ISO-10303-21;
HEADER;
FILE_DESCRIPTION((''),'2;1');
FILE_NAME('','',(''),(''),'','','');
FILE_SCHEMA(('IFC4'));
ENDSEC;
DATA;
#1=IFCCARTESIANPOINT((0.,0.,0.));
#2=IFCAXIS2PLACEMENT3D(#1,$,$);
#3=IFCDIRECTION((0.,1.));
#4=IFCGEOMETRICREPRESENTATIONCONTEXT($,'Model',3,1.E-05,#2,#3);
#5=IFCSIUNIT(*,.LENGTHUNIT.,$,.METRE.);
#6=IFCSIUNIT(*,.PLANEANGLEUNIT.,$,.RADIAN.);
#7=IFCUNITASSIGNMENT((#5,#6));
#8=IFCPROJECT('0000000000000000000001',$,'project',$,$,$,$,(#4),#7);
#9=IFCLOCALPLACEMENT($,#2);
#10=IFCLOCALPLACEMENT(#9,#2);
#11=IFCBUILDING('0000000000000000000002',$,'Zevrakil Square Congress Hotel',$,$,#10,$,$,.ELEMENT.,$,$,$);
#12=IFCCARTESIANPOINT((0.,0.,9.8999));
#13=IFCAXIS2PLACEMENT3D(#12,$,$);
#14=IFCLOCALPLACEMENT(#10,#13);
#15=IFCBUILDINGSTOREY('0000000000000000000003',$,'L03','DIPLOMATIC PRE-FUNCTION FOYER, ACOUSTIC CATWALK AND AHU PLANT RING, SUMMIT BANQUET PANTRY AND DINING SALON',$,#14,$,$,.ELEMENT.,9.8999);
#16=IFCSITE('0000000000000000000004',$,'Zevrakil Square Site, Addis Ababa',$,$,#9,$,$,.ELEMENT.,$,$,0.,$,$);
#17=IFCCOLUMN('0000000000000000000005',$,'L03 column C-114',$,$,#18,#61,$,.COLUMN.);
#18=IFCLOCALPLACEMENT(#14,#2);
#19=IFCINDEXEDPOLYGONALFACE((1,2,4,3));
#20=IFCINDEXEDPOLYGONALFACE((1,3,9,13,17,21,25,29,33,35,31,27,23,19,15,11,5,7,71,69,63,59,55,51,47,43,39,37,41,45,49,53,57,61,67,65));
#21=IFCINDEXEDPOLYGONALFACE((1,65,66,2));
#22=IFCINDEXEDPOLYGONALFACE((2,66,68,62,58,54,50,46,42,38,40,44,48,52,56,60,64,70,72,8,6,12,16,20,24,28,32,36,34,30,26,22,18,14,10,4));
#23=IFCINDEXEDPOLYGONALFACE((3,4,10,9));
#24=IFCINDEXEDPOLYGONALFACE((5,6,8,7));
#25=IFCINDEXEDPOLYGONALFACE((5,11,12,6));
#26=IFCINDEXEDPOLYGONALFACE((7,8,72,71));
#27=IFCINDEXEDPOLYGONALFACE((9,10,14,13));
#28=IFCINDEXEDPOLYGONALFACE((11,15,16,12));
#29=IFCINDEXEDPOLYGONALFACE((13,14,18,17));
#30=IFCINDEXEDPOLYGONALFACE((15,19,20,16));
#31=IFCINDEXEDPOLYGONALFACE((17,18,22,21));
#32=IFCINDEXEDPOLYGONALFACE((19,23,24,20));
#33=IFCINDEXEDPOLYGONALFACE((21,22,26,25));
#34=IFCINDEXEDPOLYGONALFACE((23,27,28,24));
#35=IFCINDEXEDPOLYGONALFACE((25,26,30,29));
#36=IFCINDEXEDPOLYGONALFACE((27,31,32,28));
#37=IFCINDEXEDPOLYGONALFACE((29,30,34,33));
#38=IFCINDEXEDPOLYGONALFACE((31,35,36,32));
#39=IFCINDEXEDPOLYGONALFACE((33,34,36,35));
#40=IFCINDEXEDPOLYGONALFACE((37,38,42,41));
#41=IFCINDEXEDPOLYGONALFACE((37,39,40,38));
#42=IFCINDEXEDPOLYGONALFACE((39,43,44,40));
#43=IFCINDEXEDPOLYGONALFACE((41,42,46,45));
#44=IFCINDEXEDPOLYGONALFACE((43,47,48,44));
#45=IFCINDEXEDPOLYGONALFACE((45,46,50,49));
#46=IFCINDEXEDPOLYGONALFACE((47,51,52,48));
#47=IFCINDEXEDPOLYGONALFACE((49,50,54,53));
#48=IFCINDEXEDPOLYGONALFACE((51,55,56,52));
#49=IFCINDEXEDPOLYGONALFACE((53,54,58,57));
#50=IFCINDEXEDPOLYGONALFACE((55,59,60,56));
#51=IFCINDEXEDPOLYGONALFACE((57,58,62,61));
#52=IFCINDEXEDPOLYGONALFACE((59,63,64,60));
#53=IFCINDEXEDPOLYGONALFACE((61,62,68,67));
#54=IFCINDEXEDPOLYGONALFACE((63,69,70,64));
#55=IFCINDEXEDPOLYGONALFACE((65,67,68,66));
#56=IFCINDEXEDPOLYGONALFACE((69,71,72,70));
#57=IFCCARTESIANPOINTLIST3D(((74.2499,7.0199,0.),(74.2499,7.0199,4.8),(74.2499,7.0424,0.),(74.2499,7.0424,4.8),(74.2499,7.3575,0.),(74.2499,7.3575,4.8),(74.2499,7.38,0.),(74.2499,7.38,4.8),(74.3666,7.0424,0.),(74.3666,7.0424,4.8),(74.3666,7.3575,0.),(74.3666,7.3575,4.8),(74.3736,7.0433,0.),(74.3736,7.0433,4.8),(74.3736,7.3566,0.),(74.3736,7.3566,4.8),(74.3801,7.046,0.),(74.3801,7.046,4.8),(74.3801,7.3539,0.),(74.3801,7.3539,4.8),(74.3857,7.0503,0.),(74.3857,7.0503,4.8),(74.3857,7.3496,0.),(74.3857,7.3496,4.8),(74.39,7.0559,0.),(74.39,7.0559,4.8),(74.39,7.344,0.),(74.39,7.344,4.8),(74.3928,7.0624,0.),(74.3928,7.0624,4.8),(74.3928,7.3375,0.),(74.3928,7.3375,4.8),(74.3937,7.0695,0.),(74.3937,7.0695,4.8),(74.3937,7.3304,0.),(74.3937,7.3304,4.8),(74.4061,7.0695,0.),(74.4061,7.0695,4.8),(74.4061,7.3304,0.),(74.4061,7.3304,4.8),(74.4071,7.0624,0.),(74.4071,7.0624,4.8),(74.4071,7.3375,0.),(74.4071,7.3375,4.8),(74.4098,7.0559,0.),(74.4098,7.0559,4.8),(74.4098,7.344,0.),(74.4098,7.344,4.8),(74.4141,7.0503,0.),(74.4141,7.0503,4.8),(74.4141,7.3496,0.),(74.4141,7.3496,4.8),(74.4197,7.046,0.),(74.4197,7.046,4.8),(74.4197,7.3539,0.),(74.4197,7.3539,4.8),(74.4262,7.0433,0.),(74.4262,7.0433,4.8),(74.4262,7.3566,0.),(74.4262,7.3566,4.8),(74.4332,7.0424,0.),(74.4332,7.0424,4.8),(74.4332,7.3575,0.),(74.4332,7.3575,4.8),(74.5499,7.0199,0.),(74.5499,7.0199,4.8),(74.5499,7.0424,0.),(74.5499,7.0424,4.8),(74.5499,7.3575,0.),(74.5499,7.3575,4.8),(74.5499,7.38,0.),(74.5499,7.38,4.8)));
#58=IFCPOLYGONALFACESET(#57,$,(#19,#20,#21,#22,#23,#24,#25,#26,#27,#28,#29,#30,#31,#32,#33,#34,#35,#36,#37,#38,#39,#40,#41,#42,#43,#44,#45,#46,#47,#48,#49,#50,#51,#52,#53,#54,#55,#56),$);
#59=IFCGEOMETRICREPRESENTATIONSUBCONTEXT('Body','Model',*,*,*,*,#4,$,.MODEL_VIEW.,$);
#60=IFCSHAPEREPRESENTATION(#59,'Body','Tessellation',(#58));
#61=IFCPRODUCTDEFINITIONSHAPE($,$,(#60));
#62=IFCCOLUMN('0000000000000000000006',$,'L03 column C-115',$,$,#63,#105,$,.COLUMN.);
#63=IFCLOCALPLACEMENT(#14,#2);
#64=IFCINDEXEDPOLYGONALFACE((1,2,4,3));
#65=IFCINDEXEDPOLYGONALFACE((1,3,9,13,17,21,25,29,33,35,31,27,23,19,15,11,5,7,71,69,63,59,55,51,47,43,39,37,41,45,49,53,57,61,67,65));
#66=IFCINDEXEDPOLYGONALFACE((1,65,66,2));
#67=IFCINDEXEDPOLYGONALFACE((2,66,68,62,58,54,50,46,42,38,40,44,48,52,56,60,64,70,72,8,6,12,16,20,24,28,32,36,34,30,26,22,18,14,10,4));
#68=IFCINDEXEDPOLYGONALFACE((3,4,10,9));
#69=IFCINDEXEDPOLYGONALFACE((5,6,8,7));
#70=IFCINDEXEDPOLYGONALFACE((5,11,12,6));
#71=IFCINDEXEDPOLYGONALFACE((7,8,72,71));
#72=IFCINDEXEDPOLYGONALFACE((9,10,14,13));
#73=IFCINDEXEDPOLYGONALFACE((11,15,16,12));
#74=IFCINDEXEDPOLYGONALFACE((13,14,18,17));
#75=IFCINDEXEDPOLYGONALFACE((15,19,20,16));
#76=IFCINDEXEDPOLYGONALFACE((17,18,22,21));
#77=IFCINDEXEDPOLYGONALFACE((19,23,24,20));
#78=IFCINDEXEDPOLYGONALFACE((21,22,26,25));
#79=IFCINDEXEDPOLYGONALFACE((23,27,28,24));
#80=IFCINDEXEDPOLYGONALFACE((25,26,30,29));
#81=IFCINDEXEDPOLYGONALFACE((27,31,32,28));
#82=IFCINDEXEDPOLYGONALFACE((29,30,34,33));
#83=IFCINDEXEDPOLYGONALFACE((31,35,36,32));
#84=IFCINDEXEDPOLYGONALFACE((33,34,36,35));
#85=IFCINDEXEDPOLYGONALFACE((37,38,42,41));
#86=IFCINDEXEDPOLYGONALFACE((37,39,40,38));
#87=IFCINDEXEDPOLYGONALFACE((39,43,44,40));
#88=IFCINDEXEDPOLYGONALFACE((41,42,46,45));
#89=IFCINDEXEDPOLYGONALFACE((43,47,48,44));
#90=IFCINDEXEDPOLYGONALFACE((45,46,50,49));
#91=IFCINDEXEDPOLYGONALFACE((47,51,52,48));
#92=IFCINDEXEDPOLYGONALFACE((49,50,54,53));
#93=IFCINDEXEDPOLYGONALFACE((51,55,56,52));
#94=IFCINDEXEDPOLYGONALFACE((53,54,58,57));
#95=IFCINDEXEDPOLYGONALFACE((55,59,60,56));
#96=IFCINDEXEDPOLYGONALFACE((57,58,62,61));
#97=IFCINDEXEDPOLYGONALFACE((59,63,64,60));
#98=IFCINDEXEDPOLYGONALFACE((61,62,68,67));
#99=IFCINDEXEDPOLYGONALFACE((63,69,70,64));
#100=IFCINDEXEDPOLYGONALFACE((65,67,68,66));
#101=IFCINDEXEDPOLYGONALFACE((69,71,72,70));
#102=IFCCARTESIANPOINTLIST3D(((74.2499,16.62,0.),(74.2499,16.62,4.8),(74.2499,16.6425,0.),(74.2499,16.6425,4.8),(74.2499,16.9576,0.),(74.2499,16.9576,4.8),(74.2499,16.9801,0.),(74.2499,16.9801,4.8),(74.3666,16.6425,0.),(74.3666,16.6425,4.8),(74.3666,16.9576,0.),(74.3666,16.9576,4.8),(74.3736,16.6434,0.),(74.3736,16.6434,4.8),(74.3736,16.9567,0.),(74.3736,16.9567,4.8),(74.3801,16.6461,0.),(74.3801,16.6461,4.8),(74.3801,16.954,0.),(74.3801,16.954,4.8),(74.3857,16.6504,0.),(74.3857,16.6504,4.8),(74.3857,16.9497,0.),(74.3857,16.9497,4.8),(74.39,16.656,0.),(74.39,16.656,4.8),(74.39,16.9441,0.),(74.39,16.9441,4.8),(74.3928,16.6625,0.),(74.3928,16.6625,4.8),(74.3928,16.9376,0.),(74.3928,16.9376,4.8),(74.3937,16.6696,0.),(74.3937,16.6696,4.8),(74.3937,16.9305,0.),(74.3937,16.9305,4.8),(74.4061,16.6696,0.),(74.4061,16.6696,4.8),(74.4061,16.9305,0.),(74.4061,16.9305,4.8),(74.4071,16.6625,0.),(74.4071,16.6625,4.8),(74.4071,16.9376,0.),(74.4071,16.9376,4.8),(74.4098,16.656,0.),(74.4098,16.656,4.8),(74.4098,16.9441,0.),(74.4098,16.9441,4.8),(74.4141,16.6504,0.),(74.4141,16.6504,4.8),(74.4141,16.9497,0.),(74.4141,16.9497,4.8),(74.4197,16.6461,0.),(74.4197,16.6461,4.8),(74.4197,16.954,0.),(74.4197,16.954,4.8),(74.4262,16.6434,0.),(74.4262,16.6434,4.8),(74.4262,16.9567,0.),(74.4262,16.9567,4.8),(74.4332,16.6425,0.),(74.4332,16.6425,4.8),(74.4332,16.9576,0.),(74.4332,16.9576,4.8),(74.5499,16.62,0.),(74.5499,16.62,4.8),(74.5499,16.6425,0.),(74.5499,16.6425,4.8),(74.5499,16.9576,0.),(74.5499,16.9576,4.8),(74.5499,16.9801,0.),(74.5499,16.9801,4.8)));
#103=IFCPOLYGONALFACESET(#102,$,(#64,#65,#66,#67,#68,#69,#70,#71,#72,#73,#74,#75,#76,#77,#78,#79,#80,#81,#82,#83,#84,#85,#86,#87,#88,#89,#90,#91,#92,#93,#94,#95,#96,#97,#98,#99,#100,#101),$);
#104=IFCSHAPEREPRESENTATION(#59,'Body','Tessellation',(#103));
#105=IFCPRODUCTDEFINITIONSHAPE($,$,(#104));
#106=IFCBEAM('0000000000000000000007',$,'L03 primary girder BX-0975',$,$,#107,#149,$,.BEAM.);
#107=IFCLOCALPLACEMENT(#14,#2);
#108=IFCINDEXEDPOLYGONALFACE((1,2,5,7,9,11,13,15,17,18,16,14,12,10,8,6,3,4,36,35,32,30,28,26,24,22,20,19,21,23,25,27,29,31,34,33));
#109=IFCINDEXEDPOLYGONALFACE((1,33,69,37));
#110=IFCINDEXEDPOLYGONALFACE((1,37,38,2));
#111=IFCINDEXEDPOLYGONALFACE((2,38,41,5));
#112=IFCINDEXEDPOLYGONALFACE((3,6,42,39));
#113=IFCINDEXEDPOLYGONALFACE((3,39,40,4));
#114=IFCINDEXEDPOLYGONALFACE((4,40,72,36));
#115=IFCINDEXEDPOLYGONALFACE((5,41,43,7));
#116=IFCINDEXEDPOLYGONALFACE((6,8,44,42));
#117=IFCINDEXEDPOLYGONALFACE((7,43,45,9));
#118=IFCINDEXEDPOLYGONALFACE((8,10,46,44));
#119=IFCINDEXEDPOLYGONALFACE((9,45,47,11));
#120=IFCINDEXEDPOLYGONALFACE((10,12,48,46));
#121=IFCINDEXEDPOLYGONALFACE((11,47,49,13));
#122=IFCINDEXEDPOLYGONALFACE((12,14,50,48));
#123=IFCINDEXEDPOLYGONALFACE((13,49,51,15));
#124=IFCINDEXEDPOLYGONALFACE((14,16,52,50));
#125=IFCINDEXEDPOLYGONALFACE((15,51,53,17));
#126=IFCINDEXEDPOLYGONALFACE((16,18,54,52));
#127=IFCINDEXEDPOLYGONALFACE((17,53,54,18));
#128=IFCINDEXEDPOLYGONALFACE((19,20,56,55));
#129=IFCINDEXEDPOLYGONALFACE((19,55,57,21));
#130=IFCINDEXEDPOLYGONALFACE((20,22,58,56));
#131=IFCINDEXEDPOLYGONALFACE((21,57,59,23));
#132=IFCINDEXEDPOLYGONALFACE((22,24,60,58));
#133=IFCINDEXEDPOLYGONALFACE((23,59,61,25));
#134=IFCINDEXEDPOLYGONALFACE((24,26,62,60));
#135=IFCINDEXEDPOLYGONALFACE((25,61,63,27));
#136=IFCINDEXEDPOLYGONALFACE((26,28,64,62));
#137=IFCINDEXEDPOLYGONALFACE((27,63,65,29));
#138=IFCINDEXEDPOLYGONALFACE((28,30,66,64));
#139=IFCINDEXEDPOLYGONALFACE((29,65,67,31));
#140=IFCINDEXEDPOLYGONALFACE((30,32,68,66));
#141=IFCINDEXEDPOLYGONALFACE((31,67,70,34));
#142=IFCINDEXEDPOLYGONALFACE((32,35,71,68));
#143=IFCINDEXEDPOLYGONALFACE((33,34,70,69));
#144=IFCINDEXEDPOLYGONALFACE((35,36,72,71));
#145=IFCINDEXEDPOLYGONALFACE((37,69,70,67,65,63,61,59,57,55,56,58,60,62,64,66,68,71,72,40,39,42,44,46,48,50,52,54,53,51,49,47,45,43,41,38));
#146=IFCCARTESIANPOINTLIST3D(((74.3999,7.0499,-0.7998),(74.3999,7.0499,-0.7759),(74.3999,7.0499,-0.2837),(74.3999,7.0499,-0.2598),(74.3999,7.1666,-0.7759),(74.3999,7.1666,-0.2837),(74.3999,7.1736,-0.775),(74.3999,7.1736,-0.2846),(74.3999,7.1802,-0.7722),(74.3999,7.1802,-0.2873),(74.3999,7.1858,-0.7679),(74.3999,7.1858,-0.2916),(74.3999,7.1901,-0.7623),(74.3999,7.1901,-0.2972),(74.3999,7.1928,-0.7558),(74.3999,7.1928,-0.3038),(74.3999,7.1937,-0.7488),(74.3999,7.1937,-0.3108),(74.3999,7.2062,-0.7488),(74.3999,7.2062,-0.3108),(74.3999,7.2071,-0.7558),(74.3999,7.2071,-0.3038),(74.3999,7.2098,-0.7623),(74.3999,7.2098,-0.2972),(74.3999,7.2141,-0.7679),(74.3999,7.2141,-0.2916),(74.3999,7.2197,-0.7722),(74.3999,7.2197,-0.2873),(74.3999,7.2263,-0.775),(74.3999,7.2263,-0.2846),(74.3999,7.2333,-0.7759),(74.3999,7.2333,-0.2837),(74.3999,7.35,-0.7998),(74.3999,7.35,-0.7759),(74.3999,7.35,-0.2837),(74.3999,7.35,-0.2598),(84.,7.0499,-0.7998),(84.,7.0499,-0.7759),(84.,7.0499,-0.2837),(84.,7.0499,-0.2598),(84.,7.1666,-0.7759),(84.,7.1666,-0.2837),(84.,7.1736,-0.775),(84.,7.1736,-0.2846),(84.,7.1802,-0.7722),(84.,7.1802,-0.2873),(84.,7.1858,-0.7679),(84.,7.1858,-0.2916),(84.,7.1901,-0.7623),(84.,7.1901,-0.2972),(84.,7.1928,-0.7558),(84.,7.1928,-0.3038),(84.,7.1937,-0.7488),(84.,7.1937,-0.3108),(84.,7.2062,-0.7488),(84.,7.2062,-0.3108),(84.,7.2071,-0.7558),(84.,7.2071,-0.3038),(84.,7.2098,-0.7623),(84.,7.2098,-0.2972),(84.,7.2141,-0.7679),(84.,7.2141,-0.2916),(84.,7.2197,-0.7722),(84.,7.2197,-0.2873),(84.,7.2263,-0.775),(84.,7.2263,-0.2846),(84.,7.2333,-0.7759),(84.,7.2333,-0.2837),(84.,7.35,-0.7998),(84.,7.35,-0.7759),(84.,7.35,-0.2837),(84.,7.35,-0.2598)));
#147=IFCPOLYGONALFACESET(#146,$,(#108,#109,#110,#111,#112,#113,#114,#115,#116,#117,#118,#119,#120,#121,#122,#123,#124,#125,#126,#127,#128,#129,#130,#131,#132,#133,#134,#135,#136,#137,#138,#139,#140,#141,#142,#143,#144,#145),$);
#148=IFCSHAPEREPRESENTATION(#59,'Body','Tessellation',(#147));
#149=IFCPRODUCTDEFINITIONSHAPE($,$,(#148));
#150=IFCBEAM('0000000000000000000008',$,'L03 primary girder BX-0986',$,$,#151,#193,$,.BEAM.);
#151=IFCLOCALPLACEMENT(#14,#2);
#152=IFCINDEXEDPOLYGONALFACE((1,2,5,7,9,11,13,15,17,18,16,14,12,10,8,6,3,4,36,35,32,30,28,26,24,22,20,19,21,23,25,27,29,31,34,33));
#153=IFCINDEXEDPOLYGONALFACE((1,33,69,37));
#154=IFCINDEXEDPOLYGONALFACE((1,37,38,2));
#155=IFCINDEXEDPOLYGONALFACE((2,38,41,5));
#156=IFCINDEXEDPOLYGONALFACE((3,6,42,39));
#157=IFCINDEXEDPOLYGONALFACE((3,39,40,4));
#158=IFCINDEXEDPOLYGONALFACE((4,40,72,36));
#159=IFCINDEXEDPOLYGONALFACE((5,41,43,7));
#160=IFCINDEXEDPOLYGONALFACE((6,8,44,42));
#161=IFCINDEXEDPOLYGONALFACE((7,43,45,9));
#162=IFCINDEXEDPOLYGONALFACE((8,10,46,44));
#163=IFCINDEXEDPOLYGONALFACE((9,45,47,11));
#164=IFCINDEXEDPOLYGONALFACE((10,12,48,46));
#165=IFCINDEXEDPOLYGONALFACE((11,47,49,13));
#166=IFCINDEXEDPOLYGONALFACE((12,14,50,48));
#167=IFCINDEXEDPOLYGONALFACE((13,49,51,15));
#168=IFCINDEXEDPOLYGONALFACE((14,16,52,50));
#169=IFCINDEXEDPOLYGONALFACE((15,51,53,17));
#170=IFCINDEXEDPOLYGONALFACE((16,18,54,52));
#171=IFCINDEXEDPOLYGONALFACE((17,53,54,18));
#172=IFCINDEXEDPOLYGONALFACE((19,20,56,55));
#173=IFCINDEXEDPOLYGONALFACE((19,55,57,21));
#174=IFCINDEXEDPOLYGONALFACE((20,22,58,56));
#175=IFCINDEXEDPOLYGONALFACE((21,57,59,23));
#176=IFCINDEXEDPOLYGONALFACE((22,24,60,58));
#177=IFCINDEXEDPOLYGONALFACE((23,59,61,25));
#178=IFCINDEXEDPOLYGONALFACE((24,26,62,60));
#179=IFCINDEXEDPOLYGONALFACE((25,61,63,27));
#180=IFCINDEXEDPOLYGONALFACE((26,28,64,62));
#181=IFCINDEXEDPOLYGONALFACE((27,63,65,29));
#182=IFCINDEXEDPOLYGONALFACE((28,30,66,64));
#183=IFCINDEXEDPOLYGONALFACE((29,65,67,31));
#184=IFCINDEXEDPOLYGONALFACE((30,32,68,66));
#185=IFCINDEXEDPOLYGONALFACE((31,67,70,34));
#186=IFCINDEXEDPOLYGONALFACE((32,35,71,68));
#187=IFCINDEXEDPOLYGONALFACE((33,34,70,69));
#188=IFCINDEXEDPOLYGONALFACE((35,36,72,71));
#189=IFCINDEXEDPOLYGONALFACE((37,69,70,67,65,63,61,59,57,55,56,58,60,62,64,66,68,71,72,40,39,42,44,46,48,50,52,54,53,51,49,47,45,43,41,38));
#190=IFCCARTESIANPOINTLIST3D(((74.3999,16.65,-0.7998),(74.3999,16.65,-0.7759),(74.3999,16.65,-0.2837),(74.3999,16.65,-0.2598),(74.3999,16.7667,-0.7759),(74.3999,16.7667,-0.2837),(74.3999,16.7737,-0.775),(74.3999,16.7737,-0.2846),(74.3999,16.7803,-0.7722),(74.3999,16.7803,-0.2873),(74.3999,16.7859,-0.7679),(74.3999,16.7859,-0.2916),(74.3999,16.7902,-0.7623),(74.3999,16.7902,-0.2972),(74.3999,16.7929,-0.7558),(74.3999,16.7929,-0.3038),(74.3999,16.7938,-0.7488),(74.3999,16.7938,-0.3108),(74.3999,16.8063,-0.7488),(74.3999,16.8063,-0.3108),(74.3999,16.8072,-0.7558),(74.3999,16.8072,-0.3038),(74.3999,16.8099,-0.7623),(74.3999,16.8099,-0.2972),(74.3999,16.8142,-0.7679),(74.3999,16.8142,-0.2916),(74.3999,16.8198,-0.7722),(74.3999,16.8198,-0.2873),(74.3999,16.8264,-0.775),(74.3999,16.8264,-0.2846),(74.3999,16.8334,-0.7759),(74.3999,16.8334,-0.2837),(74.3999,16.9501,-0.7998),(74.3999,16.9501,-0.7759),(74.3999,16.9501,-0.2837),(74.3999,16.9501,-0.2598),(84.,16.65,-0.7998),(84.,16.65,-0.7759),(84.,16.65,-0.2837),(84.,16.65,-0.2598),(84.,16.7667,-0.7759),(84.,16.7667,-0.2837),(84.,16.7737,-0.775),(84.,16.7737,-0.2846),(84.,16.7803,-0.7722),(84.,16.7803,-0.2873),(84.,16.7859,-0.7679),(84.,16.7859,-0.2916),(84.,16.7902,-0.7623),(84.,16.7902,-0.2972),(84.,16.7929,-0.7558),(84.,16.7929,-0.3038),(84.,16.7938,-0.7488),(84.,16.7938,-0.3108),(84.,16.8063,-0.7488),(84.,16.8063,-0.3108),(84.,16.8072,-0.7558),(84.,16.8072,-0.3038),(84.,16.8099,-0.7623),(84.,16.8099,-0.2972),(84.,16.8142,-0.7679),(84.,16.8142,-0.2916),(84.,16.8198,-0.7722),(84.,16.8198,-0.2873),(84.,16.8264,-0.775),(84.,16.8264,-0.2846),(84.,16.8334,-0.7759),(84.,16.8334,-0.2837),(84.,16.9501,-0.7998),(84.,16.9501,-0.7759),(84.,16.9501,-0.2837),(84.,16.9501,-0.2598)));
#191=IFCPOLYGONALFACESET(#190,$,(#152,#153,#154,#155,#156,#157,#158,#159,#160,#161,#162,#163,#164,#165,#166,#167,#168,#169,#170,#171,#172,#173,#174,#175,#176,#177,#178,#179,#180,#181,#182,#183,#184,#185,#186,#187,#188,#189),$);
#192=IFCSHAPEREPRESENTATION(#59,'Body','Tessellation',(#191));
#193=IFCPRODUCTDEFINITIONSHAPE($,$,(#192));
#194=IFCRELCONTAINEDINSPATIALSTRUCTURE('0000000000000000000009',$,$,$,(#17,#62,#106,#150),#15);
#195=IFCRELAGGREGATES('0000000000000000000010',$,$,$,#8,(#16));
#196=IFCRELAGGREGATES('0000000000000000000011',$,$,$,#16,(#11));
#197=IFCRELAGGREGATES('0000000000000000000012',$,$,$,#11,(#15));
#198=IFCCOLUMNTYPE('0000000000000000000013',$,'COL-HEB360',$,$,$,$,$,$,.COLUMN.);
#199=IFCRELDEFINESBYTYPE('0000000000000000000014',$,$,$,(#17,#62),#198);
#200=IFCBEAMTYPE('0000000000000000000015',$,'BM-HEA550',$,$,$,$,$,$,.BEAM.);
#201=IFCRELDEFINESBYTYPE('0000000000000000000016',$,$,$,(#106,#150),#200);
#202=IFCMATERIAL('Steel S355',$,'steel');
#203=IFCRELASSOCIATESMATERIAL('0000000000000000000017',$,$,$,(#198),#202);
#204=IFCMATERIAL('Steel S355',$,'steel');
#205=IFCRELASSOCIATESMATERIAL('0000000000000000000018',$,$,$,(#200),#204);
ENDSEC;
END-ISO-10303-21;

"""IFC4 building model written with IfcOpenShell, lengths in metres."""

from ifc_helpers import new_model, si_unit, direction, frame, origin, origin_2d, place, context, subcontext, project, spatial, i_section, extrude, material, material_profile, profile_set, type_object, element, save


model = new_model("IFC4")

# Units and contexts
model_context = context("Model", 3, precision=1e-05, world=origin(), true_north=direction((0.0, 1.0)))
body_context = subcontext(model_context, "Body", "Model", "MODEL_VIEW")
ifc_project = project(units=[si_unit("LENGTHUNIT", "METRE"), si_unit("PLANEANGLEUNIT", "RADIAN")], contexts=[model_context])

# Site, building, storey
site_placement = place(None, origin())
site = spatial("IfcSite", under=ifc_project, at=site_placement, Name="Zevrakil Square Site, Addis Ababa", CompositionType="ELEMENT", RefElevation=0.0)
building_placement = place(site_placement, origin())
building = spatial("IfcBuilding", under=site, at=building_placement, Name="Zevrakil Square Congress Hotel", CompositionType="ELEMENT")
storey_placement = place(building_placement, frame((0.0, 0.0, 9.8999)))
storey = spatial("IfcBuildingStorey", under=building, at=storey_placement, Name="L03", Description="DIPLOMATIC PRE-FUNCTION FOYER, ACOUSTIC CATWALK AND AHU PLANT RING, SUMMIT BANQUET PANTRY AND DINING SALON", CompositionType="ELEMENT", Elevation=9.8999)

# Columns
ifc_material_1 = material(Name="Steel S355", Category="steel")
ifc_material_profile_1 = material_profile(ifc_material_1, i_section(OverallWidth=0.3, OverallDepth=0.3601, WebThickness=0.0125, FlangeThickness=0.0225, FilletRadius=0.0271, at=origin_2d()), Name="HEB 360")
ifc_profile_set_1 = profile_set([ifc_material_profile_1], Name="Steel S355")
column_type = type_object("IfcColumnType", Name="COL-HEB360", PredefinedType="COLUMN", material=ifc_profile_set_1)
for number, where, z_axis, x_axis, name in (
    (1, (74.3999, 7.2, 0.0), (0.0, 0.0, 1.0), (1.0, 0.0, 0.0), "L03 column C-114"),
    (2, (74.3999, 16.8, 0.0), (0.0, 0.0, 1.0), (1.0, 0.0, 0.0), "L03 column C-115"),
):
    element("IfcColumn", number, at=place(storey_placement, frame(where, z_axis=z_axis, x_axis=x_axis)), inside=storey, type_object=column_type, Name=name, PredefinedType="COLUMN", context=body_context, shape_type="SweptSolid", body=[
        extrude(i_section(OverallWidth=0.3, OverallDepth=0.3601, WebThickness=0.0125, FlangeThickness=0.0225, FilletRadius=0.0271, at=origin_2d()), origin(), (0.0, 0.0, 1.0), 4.8),
    ])

# Beams
ifc_material_2 = material(Name="Steel S355", Category="steel")
ifc_material_profile_2 = material_profile(ifc_material_2, i_section(OverallWidth=0.3, OverallDepth=0.54, WebThickness=0.0125, FlangeThickness=0.0239, FilletRadius=0.0271, at=origin_2d()), Name="HEA 550")
ifc_profile_set_2 = profile_set([ifc_material_profile_2], Name="Steel S355")
beam_type_1 = type_object("IfcBeamType", Name="BM-HEA550", PredefinedType="BEAM", material=ifc_profile_set_2)
for number, where, z_axis, x_axis, name in (
    (3, (74.3999, 7.2, -0.5298), (1.0, 0.0, 0.0), (0.0, 1.0, 0.0), "L03 primary girder BX-0975"),
    (4, (74.3999, 16.8, -0.5298), (1.0, 0.0, 0.0), (0.0, 1.0, 0.0), "L03 primary girder BX-0986"),
):
    element("IfcBeam", number, at=place(storey_placement, frame(where, z_axis=z_axis, x_axis=x_axis)), inside=storey, type_object=beam_type_1, Name=name, PredefinedType="BEAM", context=body_context, shape_type="SweptSolid", body=[
        extrude(i_section(OverallWidth=0.3, OverallDepth=0.54, WebThickness=0.0125, FlangeThickness=0.0239, FilletRadius=0.0271, at=origin_2d()), origin(), (0.0, 0.0, 1.0), 9.6001),
    ])

save(model, "model.ifc")
